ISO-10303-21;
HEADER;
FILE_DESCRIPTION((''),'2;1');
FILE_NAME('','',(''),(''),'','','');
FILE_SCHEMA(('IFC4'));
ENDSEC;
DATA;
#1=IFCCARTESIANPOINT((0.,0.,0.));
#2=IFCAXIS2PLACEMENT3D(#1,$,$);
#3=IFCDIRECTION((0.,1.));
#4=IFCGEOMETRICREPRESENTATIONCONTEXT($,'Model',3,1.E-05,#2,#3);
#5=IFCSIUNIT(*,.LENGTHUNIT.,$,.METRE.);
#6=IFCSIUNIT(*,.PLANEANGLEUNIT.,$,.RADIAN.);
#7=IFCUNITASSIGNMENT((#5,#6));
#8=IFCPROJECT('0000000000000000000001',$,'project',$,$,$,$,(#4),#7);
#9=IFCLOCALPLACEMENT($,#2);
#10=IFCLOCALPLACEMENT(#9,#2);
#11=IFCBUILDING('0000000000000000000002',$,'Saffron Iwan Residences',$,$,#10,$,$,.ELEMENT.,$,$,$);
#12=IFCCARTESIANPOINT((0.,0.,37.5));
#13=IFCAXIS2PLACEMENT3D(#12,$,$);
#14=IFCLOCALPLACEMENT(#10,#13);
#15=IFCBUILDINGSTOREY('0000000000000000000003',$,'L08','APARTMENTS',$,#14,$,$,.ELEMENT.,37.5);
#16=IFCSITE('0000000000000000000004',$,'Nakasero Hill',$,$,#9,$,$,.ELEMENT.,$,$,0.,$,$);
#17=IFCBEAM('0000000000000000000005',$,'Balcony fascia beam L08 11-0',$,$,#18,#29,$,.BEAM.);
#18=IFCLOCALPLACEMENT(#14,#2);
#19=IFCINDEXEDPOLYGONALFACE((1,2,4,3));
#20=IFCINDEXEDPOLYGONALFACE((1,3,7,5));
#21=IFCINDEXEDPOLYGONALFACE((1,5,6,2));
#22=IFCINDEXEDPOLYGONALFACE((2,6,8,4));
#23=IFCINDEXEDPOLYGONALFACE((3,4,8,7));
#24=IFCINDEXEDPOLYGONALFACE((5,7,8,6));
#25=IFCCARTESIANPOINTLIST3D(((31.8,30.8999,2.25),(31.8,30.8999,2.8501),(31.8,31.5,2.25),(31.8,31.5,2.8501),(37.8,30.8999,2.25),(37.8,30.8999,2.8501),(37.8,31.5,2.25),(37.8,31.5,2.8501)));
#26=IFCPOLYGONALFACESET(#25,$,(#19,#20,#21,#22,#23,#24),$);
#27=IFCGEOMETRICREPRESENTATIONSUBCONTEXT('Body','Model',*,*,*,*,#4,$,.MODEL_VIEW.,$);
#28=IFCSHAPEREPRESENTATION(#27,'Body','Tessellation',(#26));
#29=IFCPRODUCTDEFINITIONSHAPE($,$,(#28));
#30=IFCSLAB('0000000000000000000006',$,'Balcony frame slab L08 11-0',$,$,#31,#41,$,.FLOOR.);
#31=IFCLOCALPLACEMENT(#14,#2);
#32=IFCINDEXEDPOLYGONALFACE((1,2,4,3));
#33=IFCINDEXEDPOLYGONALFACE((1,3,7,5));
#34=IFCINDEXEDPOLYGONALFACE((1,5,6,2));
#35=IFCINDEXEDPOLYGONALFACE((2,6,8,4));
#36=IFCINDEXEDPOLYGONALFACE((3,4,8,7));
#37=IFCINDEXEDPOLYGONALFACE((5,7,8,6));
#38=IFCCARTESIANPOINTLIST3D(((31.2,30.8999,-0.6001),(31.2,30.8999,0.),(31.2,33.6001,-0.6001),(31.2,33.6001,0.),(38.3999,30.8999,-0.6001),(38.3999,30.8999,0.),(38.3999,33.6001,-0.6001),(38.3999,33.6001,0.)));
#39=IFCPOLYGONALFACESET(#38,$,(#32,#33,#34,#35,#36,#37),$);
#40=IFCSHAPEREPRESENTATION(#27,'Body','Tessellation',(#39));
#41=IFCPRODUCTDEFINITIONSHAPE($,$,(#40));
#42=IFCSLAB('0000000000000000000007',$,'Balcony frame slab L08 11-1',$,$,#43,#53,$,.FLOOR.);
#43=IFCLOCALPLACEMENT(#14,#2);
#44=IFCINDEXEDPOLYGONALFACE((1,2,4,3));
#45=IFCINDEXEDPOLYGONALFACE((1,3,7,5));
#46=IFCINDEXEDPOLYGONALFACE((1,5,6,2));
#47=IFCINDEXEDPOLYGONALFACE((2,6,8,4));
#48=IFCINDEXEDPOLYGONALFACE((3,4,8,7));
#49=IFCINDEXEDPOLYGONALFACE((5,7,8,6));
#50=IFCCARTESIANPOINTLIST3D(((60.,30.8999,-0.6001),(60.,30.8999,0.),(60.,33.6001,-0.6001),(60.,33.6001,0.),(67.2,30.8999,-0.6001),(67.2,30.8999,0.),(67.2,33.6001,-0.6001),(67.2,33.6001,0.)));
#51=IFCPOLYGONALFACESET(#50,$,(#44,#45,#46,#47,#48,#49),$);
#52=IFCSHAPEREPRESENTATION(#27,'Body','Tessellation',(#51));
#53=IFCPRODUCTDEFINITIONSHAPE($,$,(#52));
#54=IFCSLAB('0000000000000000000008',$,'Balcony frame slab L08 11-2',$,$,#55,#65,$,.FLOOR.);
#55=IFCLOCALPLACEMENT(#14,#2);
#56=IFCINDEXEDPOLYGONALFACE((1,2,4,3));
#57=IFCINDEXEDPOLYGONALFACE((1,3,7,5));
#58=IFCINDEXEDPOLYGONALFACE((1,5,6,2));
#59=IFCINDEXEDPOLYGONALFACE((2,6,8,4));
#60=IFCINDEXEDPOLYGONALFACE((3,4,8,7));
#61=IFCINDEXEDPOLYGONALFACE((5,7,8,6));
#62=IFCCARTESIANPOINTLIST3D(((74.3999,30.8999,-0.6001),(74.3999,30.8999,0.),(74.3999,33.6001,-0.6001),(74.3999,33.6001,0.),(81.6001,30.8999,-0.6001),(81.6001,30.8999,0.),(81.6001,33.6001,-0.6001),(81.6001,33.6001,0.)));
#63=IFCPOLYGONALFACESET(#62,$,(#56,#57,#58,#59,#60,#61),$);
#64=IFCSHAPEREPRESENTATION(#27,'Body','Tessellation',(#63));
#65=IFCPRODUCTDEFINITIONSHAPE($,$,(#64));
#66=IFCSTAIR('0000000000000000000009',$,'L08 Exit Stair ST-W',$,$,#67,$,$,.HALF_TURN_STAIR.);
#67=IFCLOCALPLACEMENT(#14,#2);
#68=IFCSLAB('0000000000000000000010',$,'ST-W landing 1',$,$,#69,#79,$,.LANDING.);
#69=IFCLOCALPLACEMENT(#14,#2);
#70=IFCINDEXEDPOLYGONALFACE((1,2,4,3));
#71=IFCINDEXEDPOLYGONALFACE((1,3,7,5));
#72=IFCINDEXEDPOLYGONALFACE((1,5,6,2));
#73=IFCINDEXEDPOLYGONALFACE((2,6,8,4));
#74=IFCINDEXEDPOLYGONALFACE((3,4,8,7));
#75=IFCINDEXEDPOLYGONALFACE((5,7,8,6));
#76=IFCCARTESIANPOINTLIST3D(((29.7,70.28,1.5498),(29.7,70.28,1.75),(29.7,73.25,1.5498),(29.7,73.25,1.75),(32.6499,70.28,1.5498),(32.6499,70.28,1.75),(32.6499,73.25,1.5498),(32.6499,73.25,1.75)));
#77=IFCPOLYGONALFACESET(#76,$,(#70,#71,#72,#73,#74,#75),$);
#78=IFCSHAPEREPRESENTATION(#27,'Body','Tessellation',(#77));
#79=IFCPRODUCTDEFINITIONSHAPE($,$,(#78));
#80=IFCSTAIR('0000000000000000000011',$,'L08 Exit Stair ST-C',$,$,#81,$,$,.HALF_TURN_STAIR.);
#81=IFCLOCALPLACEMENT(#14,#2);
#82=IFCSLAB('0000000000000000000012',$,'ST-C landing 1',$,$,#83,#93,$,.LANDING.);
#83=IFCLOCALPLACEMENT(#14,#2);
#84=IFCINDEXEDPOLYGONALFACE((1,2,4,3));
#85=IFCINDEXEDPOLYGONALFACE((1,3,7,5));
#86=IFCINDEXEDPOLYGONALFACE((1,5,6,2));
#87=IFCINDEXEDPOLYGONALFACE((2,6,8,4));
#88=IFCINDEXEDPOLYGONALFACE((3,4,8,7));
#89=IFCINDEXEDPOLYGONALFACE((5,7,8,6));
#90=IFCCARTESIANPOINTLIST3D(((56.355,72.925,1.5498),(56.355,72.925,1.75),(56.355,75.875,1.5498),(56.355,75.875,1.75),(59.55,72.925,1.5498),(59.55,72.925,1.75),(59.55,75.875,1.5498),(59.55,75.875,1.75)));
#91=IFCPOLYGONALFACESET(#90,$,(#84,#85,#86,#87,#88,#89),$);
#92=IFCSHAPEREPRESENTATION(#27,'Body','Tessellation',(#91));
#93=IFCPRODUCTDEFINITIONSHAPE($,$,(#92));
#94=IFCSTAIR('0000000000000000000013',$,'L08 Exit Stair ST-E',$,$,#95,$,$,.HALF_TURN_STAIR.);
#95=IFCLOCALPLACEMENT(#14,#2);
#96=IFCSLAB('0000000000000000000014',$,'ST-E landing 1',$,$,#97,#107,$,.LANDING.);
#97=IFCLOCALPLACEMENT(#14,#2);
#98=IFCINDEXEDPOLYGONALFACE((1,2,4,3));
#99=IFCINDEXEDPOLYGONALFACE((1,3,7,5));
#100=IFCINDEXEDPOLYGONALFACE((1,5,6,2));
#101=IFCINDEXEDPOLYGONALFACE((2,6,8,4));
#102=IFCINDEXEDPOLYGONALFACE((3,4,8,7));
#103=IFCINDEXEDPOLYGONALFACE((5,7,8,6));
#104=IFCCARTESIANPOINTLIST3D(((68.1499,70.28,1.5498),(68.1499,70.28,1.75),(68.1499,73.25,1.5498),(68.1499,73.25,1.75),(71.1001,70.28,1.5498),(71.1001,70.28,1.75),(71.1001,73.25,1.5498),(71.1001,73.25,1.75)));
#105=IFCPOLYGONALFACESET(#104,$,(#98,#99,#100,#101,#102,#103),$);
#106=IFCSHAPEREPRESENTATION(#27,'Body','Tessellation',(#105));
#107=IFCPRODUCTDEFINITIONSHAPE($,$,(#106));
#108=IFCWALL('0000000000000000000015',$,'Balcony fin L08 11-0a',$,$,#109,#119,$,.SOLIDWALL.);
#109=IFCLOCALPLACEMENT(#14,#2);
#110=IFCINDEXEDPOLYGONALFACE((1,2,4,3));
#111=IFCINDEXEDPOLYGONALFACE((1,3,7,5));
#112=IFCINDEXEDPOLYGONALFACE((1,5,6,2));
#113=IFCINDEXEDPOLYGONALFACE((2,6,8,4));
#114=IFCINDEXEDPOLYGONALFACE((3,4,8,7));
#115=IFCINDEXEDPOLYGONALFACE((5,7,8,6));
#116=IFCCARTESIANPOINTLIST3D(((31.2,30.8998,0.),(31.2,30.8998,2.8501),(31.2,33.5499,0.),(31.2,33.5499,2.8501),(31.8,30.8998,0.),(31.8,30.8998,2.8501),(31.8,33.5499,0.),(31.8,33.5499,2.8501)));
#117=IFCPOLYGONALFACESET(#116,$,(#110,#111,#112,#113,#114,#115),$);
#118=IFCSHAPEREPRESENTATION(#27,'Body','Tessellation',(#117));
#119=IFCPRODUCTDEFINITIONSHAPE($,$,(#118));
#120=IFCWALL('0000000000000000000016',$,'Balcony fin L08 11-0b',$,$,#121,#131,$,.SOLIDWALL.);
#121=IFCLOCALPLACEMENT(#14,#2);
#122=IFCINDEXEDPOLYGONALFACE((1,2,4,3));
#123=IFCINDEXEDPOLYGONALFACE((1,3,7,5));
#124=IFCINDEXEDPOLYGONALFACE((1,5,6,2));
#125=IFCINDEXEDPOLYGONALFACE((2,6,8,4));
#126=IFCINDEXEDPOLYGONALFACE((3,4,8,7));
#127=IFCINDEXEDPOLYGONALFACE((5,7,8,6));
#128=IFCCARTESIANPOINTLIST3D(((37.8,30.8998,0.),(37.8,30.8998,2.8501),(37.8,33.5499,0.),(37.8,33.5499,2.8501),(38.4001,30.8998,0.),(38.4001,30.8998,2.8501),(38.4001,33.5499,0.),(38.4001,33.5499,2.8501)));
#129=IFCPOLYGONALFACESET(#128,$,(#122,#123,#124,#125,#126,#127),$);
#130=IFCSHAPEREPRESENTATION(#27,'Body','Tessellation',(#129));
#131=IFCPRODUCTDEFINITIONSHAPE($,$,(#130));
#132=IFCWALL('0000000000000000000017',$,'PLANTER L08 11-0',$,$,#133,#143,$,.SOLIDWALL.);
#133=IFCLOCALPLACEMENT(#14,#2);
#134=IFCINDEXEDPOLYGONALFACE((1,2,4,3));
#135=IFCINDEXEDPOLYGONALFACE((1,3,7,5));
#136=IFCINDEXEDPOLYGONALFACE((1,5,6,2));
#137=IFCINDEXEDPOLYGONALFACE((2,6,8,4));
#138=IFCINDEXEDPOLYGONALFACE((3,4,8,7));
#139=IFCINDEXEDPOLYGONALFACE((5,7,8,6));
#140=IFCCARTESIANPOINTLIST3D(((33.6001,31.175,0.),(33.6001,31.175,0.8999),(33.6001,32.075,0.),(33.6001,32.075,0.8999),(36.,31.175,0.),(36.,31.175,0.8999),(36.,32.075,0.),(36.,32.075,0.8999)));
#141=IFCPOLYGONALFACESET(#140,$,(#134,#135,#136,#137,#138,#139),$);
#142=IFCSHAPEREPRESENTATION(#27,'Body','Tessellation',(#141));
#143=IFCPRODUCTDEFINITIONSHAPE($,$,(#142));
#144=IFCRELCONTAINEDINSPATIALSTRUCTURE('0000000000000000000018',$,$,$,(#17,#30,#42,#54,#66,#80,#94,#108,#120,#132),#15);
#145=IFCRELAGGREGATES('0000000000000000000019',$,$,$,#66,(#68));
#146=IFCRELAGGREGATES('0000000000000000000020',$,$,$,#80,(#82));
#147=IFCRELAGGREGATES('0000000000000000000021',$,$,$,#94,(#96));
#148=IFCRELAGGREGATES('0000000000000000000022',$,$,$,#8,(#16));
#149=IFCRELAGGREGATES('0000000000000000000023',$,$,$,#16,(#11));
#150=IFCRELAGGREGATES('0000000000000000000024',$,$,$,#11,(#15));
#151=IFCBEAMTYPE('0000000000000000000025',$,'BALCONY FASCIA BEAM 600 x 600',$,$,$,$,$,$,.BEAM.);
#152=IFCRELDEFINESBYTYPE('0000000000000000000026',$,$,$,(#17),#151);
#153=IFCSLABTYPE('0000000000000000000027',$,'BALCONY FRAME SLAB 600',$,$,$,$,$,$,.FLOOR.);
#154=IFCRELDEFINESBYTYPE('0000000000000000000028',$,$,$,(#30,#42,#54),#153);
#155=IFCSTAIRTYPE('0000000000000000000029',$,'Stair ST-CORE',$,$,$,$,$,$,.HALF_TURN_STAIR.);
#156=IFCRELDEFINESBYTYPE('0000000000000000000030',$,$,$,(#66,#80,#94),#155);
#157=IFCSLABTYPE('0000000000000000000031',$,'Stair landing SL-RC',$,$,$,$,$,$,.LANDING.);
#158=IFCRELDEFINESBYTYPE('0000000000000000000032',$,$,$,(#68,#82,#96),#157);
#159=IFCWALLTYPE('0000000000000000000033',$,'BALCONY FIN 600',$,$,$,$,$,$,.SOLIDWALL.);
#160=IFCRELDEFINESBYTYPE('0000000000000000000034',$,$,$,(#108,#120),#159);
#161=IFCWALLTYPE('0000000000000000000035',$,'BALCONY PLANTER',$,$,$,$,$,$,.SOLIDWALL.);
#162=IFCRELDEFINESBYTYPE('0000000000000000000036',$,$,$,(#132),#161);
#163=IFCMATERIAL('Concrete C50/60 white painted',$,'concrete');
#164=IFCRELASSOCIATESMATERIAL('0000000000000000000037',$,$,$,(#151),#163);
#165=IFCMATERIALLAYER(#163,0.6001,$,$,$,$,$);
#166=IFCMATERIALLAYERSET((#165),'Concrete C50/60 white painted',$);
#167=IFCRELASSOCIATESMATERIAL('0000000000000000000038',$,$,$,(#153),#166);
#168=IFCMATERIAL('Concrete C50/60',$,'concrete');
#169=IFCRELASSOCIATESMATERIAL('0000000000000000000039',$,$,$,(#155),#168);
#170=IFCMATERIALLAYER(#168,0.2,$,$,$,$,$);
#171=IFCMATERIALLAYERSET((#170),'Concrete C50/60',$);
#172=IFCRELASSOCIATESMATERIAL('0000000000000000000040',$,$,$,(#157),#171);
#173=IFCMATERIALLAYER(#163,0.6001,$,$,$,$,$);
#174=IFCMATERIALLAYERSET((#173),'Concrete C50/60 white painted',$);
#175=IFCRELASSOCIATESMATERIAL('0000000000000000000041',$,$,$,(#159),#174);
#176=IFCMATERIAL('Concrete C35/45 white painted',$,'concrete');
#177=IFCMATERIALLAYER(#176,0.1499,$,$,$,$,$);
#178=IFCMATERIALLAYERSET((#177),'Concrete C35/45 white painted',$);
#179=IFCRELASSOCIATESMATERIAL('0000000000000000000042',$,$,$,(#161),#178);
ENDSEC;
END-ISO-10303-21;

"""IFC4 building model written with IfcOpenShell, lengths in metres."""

from ifc_helpers import new_model, si_unit, direction, frame, frame_2d, origin, origin_2d, place, context, subcontext, project, spatial, polyline, rectangle, outline, extrude, source, transform, mapped, material, layer, layer_set, material_profile, profile_set, type_object, element, aggregate, save


model = new_model("IFC4")

# Units and contexts
model_context = context("Model", 3, precision=1e-05, world=origin(), true_north=direction((0.0, 1.0)))
body_context = subcontext(model_context, "Body", "Model", "MODEL_VIEW")
ifc_project = project(units=[si_unit("LENGTHUNIT", "METRE"), si_unit("PLANEANGLEUNIT", "RADIAN")], contexts=[model_context])

# Site, building, storey
site_placement = place(None, origin())
site = spatial("IfcSite", under=ifc_project, at=site_placement, Name="Nakasero Hill", CompositionType="ELEMENT", RefElevation=0.0)
building_placement = place(site_placement, origin())
building = spatial("IfcBuilding", under=site, at=building_placement, Name="Saffron Iwan Residences", CompositionType="ELEMENT")
storey_placement = place(building_placement, frame((0.0, 0.0, 37.5)))
storey = spatial("IfcBuildingStorey", under=building, at=storey_placement, Name="L08", Description="APARTMENTS", CompositionType="ELEMENT", Elevation=37.5)

# Beam
ifc_material_1 = material(Name="Concrete C50/60 white painted", Category="concrete")
ifc_material_profile = material_profile(ifc_material_1, rectangle(XDim=0.6001, YDim=0.6001, at=origin_2d()), Name="BALCONY FASCIA BEAM 600 x 600")
ifc_profile_set = profile_set([ifc_material_profile], Name="Concrete C50/60 white painted")
beam_type = type_object("IfcBeamType", Name="BALCONY FASCIA BEAM 600 x 600", PredefinedType="BEAM", material=ifc_profile_set)
shared_shape = source(origin(), body_context, "Body", "SweptSolid", [
    extrude(rectangle(XDim=0.6001, YDim=0.6001, at=origin_2d()), origin(), (0.0, 0.0, 1.0), 6.0),
])
beam_placement = place(storey_placement, frame((31.8, 31.2, 2.55), z_axis=(1.0, 0.0, 0.0), x_axis=(0.0, 1.0, 0.0)))
element("IfcBeam", 1, at=beam_placement, inside=storey, type_object=beam_type, Name="Balcony fascia beam L08 11-0", PredefinedType="BEAM", context=body_context, shape_type="MappedRepresentation", body=[
    mapped(shared_shape, transform((0.0, 0.0, 0.0))),
])

# Slabs
ifc_layer_1 = layer(ifc_material_1, 0.6001)
ifc_layer_set_1 = layer_set([ifc_layer_1], Name="Concrete C50/60 white painted")
slab_type_1 = type_object("IfcSlabType", Name="BALCONY FRAME SLAB 600", PredefinedType="FLOOR", material=ifc_layer_set_1)
slab_1_placement = place(storey_placement, frame((0.0, 0.0, -0.6001)))
element("IfcSlab", 2, at=slab_1_placement, inside=storey, type_object=slab_type_1, Name="Balcony frame slab L08 11-0", PredefinedType="FLOOR", context=body_context, shape_type="SweptSolid", body=[
    extrude(outline(polyline([(31.2, 30.8999), (38.3999, 30.8999), (38.3999, 33.6001), (31.2, 33.6001), (31.2, 30.8999)])), origin(), (0.0, 0.0, 1.0), 0.6001),
])
slab_2_placement = place(storey_placement, frame((0.0, 0.0, -0.6001)))
element("IfcSlab", 3, at=slab_2_placement, inside=storey, type_object=slab_type_1, Name="Balcony frame slab L08 11-1", PredefinedType="FLOOR", context=body_context, shape_type="SweptSolid", body=[
    extrude(outline(polyline([(60.0, 30.8999), (67.2, 30.8999), (67.2, 33.6001), (60.0, 33.6001), (60.0, 30.8999)])), origin(), (0.0, 0.0, 1.0), 0.6001),
])
slab_3_placement = place(storey_placement, frame((0.0, 0.0, -0.6001)))
element("IfcSlab", 4, at=slab_3_placement, inside=storey, type_object=slab_type_1, Name="Balcony frame slab L08 11-2", PredefinedType="FLOOR", context=body_context, shape_type="SweptSolid", body=[
    extrude(outline(polyline([(74.3999, 30.8999), (81.6001, 30.8999), (81.6001, 33.6001), (74.3999, 33.6001), (74.3999, 30.8999)])), origin(), (0.0, 0.0, 1.0), 0.6001),
])

# Stairs, slabs
ifc_material_2 = material(Name="Concrete C50/60", Category="concrete")
stair_type = type_object("IfcStairType", Name="Stair ST-CORE", PredefinedType="HALF_TURN_STAIR", material=ifc_material_2)
stair_1_placement = place(storey_placement, origin())
stair_1 = element("IfcStair", 5, at=stair_1_placement, inside=storey, type_object=stair_type, Name="L08 Exit Stair ST-W", PredefinedType="HALF_TURN_STAIR")
ifc_layer_2 = layer(ifc_material_2, 0.2)
ifc_layer_set_2 = layer_set([ifc_layer_2], Name="Concrete C50/60")
slab_type_2 = type_object("IfcSlabType", Name="Stair landing SL-RC", PredefinedType="LANDING", material=ifc_layer_set_2)
slab_4_placement = place(storey_placement, frame((0.0, 0.0, 1.5498)))
slab_4 = element("IfcSlab", 6, at=slab_4_placement, type_object=slab_type_2, Name="ST-W landing 1", PredefinedType="LANDING", context=body_context, shape_type="SweptSolid", body=[
    extrude(outline(polyline([(32.6499, 70.28), (32.6499, 73.25), (29.7, 73.25), (29.7, 70.28), (32.6499, 70.28)])), origin(), (0.0, 0.0, 1.0), 0.2002),
])
aggregate(stair_1, [slab_4])
stair_2_placement = place(storey_placement, origin())
stair_2 = element("IfcStair", 7, at=stair_2_placement, inside=storey, type_object=stair_type, Name="L08 Exit Stair ST-C", PredefinedType="HALF_TURN_STAIR")
slab_5_placement = place(storey_placement, frame((0.0, 0.0, 1.5498)))
slab_5 = element("IfcSlab", 8, at=slab_5_placement, type_object=slab_type_2, Name="ST-C landing 1", PredefinedType="LANDING", context=body_context, shape_type="SweptSolid", body=[
    extrude(outline(polyline([(56.355, 72.925), (59.55, 72.925), (59.55, 75.875), (56.355, 75.875), (56.355, 72.925)])), origin(), (0.0, 0.0, 1.0), 0.2002),
])
aggregate(stair_2, [slab_5])
stair_3_placement = place(storey_placement, origin())
stair_3 = element("IfcStair", 9, at=stair_3_placement, inside=storey, type_object=stair_type, Name="L08 Exit Stair ST-E", PredefinedType="HALF_TURN_STAIR")
slab_6_placement = place(storey_placement, frame((0.0, 0.0, 1.5498)))
slab_6 = element("IfcSlab", 10, at=slab_6_placement, type_object=slab_type_2, Name="ST-E landing 1", PredefinedType="LANDING", context=body_context, shape_type="SweptSolid", body=[
    extrude(outline(polyline([(71.1001, 70.28), (71.1001, 73.25), (68.1499, 73.25), (68.1499, 70.28), (71.1001, 70.28)])), origin(), (0.0, 0.0, 1.0), 0.2002),
])
aggregate(stair_3, [slab_6])

# Walls
ifc_layer_3 = layer(ifc_material_1, 0.6001)
ifc_layer_set_3 = layer_set([ifc_layer_3], Name="Concrete C50/60 white painted")
wall_type_1 = type_object("IfcWallType", Name="BALCONY FIN 600", PredefinedType="SOLIDWALL", material=ifc_layer_set_3)
for number, where, z_axis, x_axis, name in (
    (11, (31.5, 33.55, 0.0), (0.0, 0.0, 1.0), (0.0, -1.0, 0.0), "Balcony fin L08 11-0a"),
    (12, (38.1001, 33.55, 0.0), (0.0, 0.0, 1.0), (0.0, -1.0, 0.0), "Balcony fin L08 11-0b"),
):
    element("IfcWall", number, at=place(storey_placement, frame(where, z_axis=z_axis, x_axis=x_axis)), inside=storey, type_object=wall_type_1, Name=name, PredefinedType="SOLIDWALL", context=body_context, shape_type="SweptSolid", body=[
        extrude(rectangle(XDim=2.6501, YDim=0.6001, at=frame_2d((1.3252, 0.0))), origin(), (0.0, 0.0, 1.0), 2.8501),
    ])
ifc_material_3 = material(Name="Concrete C35/45 white painted", Category="concrete")
ifc_layer_4 = layer(ifc_material_3, 0.1499)
ifc_layer_set_4 = layer_set([ifc_layer_4], Name="Concrete C35/45 white painted")
wall_type_2 = type_object("IfcWallType", Name="BALCONY PLANTER", PredefinedType="SOLIDWALL", material=ifc_layer_set_4)
wall_placement = place(storey_placement, frame((33.6001, 31.625, 0.0), z_axis=(0.0, 0.0, 1.0), x_axis=(1.0, 0.0, 0.0)))
element("IfcWall", 13, at=wall_placement, inside=storey, type_object=wall_type_2, Name="PLANTER L08 11-0", PredefinedType="SOLIDWALL", context=body_context, shape_type="SweptSolid", body=[
    extrude(rectangle(XDim=2.3999, YDim=0.8999, at=frame_2d((1.2, 0.0))), origin(), (0.0, 0.0, 1.0), 0.8999),
])

save(model, "model.ifc")
